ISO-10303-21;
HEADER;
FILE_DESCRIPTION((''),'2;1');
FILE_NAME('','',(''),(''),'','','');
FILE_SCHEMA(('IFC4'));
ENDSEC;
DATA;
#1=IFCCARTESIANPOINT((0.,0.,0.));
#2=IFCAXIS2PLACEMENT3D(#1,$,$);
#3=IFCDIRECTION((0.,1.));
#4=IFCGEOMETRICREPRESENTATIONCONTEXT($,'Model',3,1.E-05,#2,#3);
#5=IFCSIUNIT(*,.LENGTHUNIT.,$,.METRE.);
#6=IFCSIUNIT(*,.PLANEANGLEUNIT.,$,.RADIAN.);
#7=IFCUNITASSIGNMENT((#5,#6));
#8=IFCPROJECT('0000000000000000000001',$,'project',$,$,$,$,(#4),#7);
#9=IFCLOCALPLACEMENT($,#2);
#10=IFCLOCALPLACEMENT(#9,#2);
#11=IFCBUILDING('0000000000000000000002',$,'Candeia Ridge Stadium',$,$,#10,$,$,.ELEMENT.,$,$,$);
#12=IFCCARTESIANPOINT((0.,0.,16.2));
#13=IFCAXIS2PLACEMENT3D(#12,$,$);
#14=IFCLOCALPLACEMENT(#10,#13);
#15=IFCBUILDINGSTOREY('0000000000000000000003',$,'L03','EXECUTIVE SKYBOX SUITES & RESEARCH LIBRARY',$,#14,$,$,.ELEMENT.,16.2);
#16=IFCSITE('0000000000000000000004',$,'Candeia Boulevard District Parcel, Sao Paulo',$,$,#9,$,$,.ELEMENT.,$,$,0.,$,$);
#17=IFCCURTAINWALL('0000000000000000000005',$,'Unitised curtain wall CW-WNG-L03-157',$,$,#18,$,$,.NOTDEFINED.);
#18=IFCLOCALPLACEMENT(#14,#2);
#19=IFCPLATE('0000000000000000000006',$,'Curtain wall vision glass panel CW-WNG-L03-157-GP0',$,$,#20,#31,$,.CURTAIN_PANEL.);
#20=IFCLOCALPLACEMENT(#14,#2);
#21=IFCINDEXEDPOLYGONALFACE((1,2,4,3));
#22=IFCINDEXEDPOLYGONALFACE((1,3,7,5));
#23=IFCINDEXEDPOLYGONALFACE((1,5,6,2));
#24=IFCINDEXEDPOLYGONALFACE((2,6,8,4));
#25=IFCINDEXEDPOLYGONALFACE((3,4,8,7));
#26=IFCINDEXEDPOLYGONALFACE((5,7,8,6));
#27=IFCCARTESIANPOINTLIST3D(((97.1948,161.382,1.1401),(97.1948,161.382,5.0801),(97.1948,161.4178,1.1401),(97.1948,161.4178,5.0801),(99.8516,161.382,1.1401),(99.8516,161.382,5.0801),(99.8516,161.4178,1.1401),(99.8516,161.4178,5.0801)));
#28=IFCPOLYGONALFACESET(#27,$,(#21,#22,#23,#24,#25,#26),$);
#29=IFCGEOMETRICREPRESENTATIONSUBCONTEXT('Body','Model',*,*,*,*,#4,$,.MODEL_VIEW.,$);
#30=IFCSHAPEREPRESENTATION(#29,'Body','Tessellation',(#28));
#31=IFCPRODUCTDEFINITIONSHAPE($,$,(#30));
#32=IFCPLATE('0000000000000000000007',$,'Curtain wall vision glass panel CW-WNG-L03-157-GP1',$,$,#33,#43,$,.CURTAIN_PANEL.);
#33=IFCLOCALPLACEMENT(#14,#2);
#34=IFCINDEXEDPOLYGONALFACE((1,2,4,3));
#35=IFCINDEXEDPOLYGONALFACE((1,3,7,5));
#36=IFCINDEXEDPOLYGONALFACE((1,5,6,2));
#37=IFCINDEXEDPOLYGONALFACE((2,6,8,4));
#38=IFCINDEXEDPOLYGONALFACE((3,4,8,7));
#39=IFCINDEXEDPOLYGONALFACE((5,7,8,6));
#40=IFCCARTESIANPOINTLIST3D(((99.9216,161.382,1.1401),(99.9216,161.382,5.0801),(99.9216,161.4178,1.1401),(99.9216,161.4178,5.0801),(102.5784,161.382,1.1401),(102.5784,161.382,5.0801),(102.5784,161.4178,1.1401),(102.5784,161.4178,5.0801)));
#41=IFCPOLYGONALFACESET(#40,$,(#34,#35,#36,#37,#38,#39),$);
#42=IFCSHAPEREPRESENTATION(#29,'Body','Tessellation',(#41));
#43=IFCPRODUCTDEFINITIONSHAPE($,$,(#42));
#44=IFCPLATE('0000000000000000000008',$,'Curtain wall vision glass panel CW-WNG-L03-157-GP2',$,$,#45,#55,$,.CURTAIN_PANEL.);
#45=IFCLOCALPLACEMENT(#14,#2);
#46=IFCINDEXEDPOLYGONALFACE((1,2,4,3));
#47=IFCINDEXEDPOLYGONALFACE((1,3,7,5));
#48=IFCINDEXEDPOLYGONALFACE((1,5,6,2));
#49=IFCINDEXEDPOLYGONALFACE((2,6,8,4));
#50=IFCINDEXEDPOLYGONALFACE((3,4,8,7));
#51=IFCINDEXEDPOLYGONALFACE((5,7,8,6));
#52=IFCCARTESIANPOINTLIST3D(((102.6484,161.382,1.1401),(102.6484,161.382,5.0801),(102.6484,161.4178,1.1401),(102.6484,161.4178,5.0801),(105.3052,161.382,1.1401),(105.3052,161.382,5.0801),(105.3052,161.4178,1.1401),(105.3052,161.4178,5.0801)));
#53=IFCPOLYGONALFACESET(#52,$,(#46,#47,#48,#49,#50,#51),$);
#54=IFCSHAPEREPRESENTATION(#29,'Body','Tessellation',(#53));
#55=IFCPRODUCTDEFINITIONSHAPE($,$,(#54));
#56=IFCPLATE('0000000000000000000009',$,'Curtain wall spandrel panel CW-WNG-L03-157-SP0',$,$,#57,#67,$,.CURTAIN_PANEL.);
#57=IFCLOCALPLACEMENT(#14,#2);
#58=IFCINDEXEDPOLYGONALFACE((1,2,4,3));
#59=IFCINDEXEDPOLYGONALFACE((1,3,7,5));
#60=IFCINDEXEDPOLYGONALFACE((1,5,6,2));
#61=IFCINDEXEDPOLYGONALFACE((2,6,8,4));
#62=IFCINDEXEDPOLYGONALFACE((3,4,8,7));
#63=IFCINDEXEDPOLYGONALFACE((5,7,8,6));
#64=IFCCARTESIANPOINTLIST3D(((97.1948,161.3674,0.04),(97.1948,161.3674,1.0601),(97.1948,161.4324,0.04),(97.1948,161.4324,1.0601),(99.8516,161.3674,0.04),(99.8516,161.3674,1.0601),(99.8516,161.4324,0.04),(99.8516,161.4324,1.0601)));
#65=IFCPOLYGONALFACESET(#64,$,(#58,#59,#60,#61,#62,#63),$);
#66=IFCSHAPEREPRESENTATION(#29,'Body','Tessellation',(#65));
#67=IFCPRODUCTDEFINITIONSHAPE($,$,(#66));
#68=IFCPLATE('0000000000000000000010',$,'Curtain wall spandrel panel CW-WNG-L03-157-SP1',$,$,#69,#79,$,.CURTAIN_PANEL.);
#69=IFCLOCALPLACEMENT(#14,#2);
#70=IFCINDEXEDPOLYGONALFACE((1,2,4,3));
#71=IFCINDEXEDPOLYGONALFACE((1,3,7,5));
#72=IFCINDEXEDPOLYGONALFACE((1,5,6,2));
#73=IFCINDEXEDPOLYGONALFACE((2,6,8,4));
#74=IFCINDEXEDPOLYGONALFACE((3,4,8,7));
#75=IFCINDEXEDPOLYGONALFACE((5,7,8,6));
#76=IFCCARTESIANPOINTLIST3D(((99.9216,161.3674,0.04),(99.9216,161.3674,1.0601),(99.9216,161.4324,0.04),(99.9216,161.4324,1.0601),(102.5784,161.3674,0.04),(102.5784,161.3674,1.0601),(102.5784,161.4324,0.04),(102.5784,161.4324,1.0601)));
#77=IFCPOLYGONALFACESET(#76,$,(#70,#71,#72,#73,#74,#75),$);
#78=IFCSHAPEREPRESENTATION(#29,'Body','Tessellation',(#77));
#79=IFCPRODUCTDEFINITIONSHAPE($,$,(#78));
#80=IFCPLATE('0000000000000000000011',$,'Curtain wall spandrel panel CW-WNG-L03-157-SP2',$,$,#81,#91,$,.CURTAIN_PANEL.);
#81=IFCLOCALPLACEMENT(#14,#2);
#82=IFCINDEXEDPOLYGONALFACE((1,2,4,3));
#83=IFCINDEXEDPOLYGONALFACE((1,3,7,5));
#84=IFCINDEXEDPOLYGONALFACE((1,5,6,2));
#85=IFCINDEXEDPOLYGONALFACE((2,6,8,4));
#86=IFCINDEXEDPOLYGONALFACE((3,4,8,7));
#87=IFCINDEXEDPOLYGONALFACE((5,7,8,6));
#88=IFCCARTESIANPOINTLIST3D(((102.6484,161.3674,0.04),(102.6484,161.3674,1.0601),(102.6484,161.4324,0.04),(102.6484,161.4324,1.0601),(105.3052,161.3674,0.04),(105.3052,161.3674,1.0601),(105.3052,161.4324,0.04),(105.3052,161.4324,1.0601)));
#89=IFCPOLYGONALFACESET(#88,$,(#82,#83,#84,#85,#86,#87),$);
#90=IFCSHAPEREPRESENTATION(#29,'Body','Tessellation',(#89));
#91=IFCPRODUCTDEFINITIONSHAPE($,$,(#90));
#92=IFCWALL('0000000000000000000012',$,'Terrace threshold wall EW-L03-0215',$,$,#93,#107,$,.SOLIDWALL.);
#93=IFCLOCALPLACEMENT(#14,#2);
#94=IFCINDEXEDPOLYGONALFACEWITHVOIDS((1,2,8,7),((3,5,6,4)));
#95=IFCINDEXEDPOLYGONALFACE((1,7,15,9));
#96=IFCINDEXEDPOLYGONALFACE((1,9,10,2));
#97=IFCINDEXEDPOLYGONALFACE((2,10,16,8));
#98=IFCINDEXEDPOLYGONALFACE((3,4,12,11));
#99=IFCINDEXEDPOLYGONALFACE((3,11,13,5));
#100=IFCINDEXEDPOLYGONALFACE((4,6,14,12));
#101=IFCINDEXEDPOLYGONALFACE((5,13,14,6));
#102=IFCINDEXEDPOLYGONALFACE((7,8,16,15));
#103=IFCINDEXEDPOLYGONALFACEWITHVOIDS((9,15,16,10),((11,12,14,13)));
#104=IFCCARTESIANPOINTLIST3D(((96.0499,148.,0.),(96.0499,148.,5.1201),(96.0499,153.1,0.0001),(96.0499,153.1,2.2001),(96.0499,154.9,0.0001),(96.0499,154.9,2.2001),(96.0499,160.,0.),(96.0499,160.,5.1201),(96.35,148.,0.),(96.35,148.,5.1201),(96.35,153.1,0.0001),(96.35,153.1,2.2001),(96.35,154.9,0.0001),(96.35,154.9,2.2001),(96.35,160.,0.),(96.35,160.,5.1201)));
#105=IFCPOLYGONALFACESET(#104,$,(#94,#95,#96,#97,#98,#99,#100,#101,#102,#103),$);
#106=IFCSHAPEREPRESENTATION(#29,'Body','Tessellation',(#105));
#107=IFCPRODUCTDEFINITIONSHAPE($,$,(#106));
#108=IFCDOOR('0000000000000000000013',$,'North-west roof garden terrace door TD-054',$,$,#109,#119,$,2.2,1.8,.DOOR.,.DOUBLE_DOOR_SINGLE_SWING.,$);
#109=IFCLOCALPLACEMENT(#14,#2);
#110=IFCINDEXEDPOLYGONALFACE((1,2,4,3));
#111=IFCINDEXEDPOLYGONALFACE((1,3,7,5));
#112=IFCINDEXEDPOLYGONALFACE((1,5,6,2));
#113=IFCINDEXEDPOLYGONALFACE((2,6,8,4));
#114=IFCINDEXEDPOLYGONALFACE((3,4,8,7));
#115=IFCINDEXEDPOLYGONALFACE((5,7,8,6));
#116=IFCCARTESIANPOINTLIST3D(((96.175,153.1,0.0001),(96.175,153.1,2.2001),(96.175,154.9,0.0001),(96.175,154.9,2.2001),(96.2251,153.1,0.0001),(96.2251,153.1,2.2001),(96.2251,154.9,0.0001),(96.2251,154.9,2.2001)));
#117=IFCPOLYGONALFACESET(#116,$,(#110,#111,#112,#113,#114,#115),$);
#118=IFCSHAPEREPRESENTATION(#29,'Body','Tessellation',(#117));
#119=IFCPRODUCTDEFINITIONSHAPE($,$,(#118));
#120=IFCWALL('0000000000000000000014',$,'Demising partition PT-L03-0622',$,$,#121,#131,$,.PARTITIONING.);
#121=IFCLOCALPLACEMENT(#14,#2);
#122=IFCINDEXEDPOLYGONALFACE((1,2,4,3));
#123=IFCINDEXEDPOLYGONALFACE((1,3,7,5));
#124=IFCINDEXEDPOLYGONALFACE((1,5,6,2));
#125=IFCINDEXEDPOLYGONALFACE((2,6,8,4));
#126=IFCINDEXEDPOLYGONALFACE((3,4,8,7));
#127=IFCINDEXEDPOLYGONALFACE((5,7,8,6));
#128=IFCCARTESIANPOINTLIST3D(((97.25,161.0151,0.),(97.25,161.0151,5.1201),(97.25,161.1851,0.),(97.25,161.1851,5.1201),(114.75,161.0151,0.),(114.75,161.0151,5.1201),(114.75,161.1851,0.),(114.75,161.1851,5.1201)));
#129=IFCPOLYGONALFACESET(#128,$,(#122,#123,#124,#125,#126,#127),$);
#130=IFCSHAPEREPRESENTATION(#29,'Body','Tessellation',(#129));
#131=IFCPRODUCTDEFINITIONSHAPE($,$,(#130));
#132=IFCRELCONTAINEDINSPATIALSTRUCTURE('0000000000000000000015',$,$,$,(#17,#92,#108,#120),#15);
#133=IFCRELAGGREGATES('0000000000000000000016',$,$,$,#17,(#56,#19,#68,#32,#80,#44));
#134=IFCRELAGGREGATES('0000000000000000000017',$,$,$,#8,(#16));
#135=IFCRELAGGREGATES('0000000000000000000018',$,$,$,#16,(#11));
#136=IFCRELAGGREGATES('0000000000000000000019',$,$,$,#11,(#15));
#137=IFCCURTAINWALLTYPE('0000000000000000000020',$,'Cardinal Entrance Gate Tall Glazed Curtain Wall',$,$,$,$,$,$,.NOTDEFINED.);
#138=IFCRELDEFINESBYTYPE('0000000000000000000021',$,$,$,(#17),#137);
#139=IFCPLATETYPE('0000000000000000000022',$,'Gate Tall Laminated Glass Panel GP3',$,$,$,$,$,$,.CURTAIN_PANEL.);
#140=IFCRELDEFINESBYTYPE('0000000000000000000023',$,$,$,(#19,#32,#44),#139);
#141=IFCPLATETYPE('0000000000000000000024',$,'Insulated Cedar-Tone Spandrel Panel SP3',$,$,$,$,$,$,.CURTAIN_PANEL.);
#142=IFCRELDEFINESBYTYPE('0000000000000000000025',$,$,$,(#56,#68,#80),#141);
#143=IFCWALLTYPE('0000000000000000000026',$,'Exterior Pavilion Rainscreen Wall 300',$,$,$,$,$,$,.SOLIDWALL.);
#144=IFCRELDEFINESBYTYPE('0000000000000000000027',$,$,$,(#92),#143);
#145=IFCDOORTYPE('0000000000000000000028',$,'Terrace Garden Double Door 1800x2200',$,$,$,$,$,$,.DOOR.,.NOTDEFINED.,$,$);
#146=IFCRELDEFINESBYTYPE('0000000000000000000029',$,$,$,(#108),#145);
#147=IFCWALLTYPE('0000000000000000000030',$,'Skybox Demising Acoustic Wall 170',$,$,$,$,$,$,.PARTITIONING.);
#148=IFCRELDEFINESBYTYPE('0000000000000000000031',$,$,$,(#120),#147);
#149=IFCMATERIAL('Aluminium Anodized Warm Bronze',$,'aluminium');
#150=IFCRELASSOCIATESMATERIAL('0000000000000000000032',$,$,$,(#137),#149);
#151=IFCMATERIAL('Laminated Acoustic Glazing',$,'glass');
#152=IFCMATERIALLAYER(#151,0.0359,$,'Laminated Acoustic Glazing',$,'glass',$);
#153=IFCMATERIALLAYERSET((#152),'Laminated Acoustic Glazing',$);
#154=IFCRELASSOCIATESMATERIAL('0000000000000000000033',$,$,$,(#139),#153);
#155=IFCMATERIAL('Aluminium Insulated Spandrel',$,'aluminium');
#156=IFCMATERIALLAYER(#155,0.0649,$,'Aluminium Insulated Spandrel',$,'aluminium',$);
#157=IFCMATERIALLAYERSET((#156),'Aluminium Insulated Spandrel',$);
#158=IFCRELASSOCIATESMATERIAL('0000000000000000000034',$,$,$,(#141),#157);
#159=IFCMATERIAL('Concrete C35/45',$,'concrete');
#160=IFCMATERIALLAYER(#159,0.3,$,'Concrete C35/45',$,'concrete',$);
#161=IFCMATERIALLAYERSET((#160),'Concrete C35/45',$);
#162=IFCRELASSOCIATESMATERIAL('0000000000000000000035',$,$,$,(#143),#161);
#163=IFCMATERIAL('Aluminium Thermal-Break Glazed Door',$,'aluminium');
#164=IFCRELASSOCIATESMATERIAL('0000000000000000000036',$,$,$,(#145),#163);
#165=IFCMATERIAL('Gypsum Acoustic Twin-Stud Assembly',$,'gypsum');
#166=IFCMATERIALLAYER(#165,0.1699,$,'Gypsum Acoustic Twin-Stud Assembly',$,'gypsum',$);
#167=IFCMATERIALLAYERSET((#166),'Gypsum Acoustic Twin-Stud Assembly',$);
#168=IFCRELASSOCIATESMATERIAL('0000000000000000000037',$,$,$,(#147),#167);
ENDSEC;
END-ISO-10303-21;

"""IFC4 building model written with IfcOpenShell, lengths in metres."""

from ifc_helpers import new_model, si_unit, direction, frame, frame_2d, origin, origin_2d, place, context, subcontext, project, spatial, rectangle, extrude, material, layer, layer_set, type_object, element, fill, aggregate, save


model = new_model("IFC4")

# Units and contexts
model_context = context("Model", 3, precision=1e-05, world=origin(), true_north=direction((0.0, 1.0)))
body_context = subcontext(model_context, "Body", "Model", "MODEL_VIEW")
ifc_project = project(units=[si_unit("LENGTHUNIT", "METRE"), si_unit("PLANEANGLEUNIT", "RADIAN")], contexts=[model_context])

# Site, building, storey
site_placement = place(None, origin())
site = spatial("IfcSite", under=ifc_project, at=site_placement, Name="Candeia Boulevard District Parcel, Sao Paulo", CompositionType="ELEMENT", RefElevation=0.0)
building_placement = place(site_placement, origin())
building = spatial("IfcBuilding", under=site, at=building_placement, Name="Candeia Ridge Stadium", CompositionType="ELEMENT")
storey_placement = place(building_placement, frame((0.0, 0.0, 16.2)))
storey = spatial("IfcBuildingStorey", under=building, at=storey_placement, Name="L03", Description="EXECUTIVE SKYBOX SUITES & RESEARCH LIBRARY", CompositionType="ELEMENT", Elevation=16.2)

# Curtain wall
ifc_material_1 = material(Name="Aluminium Anodized Warm Bronze", Category="aluminium")
curtain_wall_type = type_object("IfcCurtainWallType", Name="Cardinal Entrance Gate Tall Glazed Curtain Wall", PredefinedType="NOTDEFINED", material=ifc_material_1)
curtain_wall_placement = place(storey_placement, origin())
curtain_wall = element("IfcCurtainWall", 1, at=curtain_wall_placement, inside=storey, type_object=curtain_wall_type, Name="Unitised curtain wall CW-WNG-L03-157", PredefinedType="NOTDEFINED")

# Plates
ifc_material_2 = material(Name="Laminated Acoustic Glazing", Category="glass")
ifc_layer_1 = layer(ifc_material_2, 0.0359, Name="Laminated Acoustic Glazing", Category="glass")
ifc_layer_set_1 = layer_set([ifc_layer_1], Name="Laminated Acoustic Glazing")
plate_type_1 = type_object("IfcPlateType", Name="Gate Tall Laminated Glass Panel GP3", PredefinedType="CURTAIN_PANEL", material=ifc_layer_set_1)
plate_1_placement = place(storey_placement, frame((98.5232, 161.3999, 1.1401), z_axis=(0.0, 0.0, 1.0), x_axis=(1.0, 0.0, 0.0)))
plate_1 = element("IfcPlate", 2, at=plate_1_placement, type_object=plate_type_1, Name="Curtain wall vision glass panel CW-WNG-L03-157-GP0", PredefinedType="CURTAIN_PANEL", context=body_context, shape_type="SweptSolid", body=[
    extrude(rectangle(XDim=2.6567, YDim=0.0359, at=origin_2d()), origin(), (0.0, 0.0, 1.0), 3.9399),
])
plate_2_placement = place(storey_placement, frame((101.25, 161.3999, 1.1401), z_axis=(0.0, 0.0, 1.0), x_axis=(1.0, 0.0, 0.0)))
plate_2 = element("IfcPlate", 3, at=plate_2_placement, type_object=plate_type_1, Name="Curtain wall vision glass panel CW-WNG-L03-157-GP1", PredefinedType="CURTAIN_PANEL", context=body_context, shape_type="SweptSolid", body=[
    extrude(rectangle(XDim=2.6567, YDim=0.0359, at=origin_2d()), origin(), (0.0, 0.0, 1.0), 3.9399),
])
plate_3_placement = place(storey_placement, frame((103.9768, 161.3999, 1.1401), z_axis=(0.0, 0.0, 1.0), x_axis=(1.0, 0.0, 0.0)))
plate_3 = element("IfcPlate", 4, at=plate_3_placement, type_object=plate_type_1, Name="Curtain wall vision glass panel CW-WNG-L03-157-GP2", PredefinedType="CURTAIN_PANEL", context=body_context, shape_type="SweptSolid", body=[
    extrude(rectangle(XDim=2.6567, YDim=0.0359, at=origin_2d()), origin(), (0.0, 0.0, 1.0), 3.9399),
])
ifc_material_3 = material(Name="Aluminium Insulated Spandrel", Category="aluminium")
ifc_layer_2 = layer(ifc_material_3, 0.0649, Name="Aluminium Insulated Spandrel", Category="aluminium")
ifc_layer_set_2 = layer_set([ifc_layer_2], Name="Aluminium Insulated Spandrel")
plate_type_2 = type_object("IfcPlateType", Name="Insulated Cedar-Tone Spandrel Panel SP3", PredefinedType="CURTAIN_PANEL", material=ifc_layer_set_2)
plate_4_placement = place(storey_placement, frame((98.5232, 161.3999, 0.04), z_axis=(0.0, 0.0, 1.0), x_axis=(1.0, 0.0, 0.0)))
plate_4 = element("IfcPlate", 5, at=plate_4_placement, type_object=plate_type_2, Name="Curtain wall spandrel panel CW-WNG-L03-157-SP0", PredefinedType="CURTAIN_PANEL", context=body_context, shape_type="SweptSolid", body=[
    extrude(rectangle(XDim=2.6567, YDim=0.0649, at=origin_2d()), origin(), (0.0, 0.0, 1.0), 1.02),
])
plate_5_placement = place(storey_placement, frame((101.25, 161.3999, 0.04), z_axis=(0.0, 0.0, 1.0), x_axis=(1.0, 0.0, 0.0)))
plate_5 = element("IfcPlate", 6, at=plate_5_placement, type_object=plate_type_2, Name="Curtain wall spandrel panel CW-WNG-L03-157-SP1", PredefinedType="CURTAIN_PANEL", context=body_context, shape_type="SweptSolid", body=[
    extrude(rectangle(XDim=2.6567, YDim=0.0649, at=origin_2d()), origin(), (0.0, 0.0, 1.0), 1.02),
])
plate_6_placement = place(storey_placement, frame((103.9768, 161.3999, 0.04), z_axis=(0.0, 0.0, 1.0), x_axis=(1.0, 0.0, 0.0)))
plate_6 = element("IfcPlate", 7, at=plate_6_placement, type_object=plate_type_2, Name="Curtain wall spandrel panel CW-WNG-L03-157-SP2", PredefinedType="CURTAIN_PANEL", context=body_context, shape_type="SweptSolid", body=[
    extrude(rectangle(XDim=2.6567, YDim=0.0649, at=origin_2d()), origin(), (0.0, 0.0, 1.0), 1.02),
])
aggregate(curtain_wall, [plate_4, plate_1, plate_5, plate_2, plate_6, plate_3])

# Wall, opening, door
ifc_material_4 = material(Name="Concrete C35/45", Category="concrete")
ifc_layer_3 = layer(ifc_material_4, 0.3, Name="Concrete C35/45", Category="concrete")
ifc_layer_set_3 = layer_set([ifc_layer_3], Name="Concrete C35/45")
wall_type_1 = type_object("IfcWallType", Name="Exterior Pavilion Rainscreen Wall 300", PredefinedType="SOLIDWALL", material=ifc_layer_set_3)
wall_1_placement = place(storey_placement, frame((96.2, 148.0, 0.0), z_axis=(0.0, 0.0, 1.0), x_axis=(0.0, 1.0, 0.0)))
wall_1 = element("IfcWall", 8, at=wall_1_placement, inside=storey, type_object=wall_type_1, Name="Terrace threshold wall EW-L03-0215", PredefinedType="SOLIDWALL", context=body_context, shape_type="SweptSolid", body=[
    extrude(rectangle(XDim=12.0, YDim=0.3, at=frame_2d((6.0, 0.0))), origin(), (0.0, 0.0, 1.0), 5.1201),
])
opening_placement = place(wall_1_placement, frame((5.1001, 0.0, 0.0)))
opening = element("IfcOpeningElement", 9, at=opening_placement, cuts=wall_1, PredefinedType="OPENING", context=body_context, shape_type="SweptSolid", body=[
    extrude(rectangle(XDim=1.8, YDim=2.2, at=frame_2d((0.8999, 1.1001))), frame((0.0, 0.1599, 0.0), z_axis=(0.0, -1.0, 0.0), x_axis=(1.0, 0.0, 0.0)), (0.0, 0.0, 1.0), 0.3201),
])
ifc_material_5 = material(Name="Aluminium Thermal-Break Glazed Door", Category="aluminium")
door_type = type_object("IfcDoorType", Name="Terrace Garden Double Door 1800x2200", OperationType="NOTDEFINED", PredefinedType="DOOR", material=ifc_material_5)
door_placement = place(opening_placement, origin())
door = element("IfcDoor", 10, at=door_placement, inside=storey, type_object=door_type, Name="North-west roof garden terrace door TD-054", OperationType="DOUBLE_DOOR_SINGLE_SWING", OverallHeight=2.2, OverallWidth=1.8, PredefinedType="DOOR", context=body_context, shape_type="SweptSolid", body=[
    extrude(rectangle(XDim=1.8, YDim=2.2, at=frame_2d((0.8999, 1.1001))), frame((0.0, 0.0249, 0.0), z_axis=(0.0, -1.0, 0.0), x_axis=(1.0, 0.0, 0.0)), (0.0, 0.0, 1.0), 0.05),
])
fill(opening, door)

# Wall
ifc_material_6 = material(Name="Gypsum Acoustic Twin-Stud Assembly", Category="gypsum")
ifc_layer_4 = layer(ifc_material_6, 0.1699, Name="Gypsum Acoustic Twin-Stud Assembly", Category="gypsum")
ifc_layer_set_4 = layer_set([ifc_layer_4], Name="Gypsum Acoustic Twin-Stud Assembly")
wall_type_2 = type_object("IfcWallType", Name="Skybox Demising Acoustic Wall 170", PredefinedType="PARTITIONING", material=ifc_layer_set_4)
wall_2_placement = place(storey_placement, frame((97.25, 161.1001, 0.0), z_axis=(0.0, 0.0, 1.0), x_axis=(1.0, 0.0, 0.0)))
element("IfcWall", 11, at=wall_2_placement, inside=storey, type_object=wall_type_2, Name="Demising partition PT-L03-0622", PredefinedType="PARTITIONING", context=body_context, shape_type="SweptSolid", body=[
    extrude(rectangle(XDim=17.5, YDim=0.1699, at=frame_2d((8.75, 0.0))), origin(), (0.0, 0.0, 1.0), 5.1201),
])

save(model, "model.ifc")
